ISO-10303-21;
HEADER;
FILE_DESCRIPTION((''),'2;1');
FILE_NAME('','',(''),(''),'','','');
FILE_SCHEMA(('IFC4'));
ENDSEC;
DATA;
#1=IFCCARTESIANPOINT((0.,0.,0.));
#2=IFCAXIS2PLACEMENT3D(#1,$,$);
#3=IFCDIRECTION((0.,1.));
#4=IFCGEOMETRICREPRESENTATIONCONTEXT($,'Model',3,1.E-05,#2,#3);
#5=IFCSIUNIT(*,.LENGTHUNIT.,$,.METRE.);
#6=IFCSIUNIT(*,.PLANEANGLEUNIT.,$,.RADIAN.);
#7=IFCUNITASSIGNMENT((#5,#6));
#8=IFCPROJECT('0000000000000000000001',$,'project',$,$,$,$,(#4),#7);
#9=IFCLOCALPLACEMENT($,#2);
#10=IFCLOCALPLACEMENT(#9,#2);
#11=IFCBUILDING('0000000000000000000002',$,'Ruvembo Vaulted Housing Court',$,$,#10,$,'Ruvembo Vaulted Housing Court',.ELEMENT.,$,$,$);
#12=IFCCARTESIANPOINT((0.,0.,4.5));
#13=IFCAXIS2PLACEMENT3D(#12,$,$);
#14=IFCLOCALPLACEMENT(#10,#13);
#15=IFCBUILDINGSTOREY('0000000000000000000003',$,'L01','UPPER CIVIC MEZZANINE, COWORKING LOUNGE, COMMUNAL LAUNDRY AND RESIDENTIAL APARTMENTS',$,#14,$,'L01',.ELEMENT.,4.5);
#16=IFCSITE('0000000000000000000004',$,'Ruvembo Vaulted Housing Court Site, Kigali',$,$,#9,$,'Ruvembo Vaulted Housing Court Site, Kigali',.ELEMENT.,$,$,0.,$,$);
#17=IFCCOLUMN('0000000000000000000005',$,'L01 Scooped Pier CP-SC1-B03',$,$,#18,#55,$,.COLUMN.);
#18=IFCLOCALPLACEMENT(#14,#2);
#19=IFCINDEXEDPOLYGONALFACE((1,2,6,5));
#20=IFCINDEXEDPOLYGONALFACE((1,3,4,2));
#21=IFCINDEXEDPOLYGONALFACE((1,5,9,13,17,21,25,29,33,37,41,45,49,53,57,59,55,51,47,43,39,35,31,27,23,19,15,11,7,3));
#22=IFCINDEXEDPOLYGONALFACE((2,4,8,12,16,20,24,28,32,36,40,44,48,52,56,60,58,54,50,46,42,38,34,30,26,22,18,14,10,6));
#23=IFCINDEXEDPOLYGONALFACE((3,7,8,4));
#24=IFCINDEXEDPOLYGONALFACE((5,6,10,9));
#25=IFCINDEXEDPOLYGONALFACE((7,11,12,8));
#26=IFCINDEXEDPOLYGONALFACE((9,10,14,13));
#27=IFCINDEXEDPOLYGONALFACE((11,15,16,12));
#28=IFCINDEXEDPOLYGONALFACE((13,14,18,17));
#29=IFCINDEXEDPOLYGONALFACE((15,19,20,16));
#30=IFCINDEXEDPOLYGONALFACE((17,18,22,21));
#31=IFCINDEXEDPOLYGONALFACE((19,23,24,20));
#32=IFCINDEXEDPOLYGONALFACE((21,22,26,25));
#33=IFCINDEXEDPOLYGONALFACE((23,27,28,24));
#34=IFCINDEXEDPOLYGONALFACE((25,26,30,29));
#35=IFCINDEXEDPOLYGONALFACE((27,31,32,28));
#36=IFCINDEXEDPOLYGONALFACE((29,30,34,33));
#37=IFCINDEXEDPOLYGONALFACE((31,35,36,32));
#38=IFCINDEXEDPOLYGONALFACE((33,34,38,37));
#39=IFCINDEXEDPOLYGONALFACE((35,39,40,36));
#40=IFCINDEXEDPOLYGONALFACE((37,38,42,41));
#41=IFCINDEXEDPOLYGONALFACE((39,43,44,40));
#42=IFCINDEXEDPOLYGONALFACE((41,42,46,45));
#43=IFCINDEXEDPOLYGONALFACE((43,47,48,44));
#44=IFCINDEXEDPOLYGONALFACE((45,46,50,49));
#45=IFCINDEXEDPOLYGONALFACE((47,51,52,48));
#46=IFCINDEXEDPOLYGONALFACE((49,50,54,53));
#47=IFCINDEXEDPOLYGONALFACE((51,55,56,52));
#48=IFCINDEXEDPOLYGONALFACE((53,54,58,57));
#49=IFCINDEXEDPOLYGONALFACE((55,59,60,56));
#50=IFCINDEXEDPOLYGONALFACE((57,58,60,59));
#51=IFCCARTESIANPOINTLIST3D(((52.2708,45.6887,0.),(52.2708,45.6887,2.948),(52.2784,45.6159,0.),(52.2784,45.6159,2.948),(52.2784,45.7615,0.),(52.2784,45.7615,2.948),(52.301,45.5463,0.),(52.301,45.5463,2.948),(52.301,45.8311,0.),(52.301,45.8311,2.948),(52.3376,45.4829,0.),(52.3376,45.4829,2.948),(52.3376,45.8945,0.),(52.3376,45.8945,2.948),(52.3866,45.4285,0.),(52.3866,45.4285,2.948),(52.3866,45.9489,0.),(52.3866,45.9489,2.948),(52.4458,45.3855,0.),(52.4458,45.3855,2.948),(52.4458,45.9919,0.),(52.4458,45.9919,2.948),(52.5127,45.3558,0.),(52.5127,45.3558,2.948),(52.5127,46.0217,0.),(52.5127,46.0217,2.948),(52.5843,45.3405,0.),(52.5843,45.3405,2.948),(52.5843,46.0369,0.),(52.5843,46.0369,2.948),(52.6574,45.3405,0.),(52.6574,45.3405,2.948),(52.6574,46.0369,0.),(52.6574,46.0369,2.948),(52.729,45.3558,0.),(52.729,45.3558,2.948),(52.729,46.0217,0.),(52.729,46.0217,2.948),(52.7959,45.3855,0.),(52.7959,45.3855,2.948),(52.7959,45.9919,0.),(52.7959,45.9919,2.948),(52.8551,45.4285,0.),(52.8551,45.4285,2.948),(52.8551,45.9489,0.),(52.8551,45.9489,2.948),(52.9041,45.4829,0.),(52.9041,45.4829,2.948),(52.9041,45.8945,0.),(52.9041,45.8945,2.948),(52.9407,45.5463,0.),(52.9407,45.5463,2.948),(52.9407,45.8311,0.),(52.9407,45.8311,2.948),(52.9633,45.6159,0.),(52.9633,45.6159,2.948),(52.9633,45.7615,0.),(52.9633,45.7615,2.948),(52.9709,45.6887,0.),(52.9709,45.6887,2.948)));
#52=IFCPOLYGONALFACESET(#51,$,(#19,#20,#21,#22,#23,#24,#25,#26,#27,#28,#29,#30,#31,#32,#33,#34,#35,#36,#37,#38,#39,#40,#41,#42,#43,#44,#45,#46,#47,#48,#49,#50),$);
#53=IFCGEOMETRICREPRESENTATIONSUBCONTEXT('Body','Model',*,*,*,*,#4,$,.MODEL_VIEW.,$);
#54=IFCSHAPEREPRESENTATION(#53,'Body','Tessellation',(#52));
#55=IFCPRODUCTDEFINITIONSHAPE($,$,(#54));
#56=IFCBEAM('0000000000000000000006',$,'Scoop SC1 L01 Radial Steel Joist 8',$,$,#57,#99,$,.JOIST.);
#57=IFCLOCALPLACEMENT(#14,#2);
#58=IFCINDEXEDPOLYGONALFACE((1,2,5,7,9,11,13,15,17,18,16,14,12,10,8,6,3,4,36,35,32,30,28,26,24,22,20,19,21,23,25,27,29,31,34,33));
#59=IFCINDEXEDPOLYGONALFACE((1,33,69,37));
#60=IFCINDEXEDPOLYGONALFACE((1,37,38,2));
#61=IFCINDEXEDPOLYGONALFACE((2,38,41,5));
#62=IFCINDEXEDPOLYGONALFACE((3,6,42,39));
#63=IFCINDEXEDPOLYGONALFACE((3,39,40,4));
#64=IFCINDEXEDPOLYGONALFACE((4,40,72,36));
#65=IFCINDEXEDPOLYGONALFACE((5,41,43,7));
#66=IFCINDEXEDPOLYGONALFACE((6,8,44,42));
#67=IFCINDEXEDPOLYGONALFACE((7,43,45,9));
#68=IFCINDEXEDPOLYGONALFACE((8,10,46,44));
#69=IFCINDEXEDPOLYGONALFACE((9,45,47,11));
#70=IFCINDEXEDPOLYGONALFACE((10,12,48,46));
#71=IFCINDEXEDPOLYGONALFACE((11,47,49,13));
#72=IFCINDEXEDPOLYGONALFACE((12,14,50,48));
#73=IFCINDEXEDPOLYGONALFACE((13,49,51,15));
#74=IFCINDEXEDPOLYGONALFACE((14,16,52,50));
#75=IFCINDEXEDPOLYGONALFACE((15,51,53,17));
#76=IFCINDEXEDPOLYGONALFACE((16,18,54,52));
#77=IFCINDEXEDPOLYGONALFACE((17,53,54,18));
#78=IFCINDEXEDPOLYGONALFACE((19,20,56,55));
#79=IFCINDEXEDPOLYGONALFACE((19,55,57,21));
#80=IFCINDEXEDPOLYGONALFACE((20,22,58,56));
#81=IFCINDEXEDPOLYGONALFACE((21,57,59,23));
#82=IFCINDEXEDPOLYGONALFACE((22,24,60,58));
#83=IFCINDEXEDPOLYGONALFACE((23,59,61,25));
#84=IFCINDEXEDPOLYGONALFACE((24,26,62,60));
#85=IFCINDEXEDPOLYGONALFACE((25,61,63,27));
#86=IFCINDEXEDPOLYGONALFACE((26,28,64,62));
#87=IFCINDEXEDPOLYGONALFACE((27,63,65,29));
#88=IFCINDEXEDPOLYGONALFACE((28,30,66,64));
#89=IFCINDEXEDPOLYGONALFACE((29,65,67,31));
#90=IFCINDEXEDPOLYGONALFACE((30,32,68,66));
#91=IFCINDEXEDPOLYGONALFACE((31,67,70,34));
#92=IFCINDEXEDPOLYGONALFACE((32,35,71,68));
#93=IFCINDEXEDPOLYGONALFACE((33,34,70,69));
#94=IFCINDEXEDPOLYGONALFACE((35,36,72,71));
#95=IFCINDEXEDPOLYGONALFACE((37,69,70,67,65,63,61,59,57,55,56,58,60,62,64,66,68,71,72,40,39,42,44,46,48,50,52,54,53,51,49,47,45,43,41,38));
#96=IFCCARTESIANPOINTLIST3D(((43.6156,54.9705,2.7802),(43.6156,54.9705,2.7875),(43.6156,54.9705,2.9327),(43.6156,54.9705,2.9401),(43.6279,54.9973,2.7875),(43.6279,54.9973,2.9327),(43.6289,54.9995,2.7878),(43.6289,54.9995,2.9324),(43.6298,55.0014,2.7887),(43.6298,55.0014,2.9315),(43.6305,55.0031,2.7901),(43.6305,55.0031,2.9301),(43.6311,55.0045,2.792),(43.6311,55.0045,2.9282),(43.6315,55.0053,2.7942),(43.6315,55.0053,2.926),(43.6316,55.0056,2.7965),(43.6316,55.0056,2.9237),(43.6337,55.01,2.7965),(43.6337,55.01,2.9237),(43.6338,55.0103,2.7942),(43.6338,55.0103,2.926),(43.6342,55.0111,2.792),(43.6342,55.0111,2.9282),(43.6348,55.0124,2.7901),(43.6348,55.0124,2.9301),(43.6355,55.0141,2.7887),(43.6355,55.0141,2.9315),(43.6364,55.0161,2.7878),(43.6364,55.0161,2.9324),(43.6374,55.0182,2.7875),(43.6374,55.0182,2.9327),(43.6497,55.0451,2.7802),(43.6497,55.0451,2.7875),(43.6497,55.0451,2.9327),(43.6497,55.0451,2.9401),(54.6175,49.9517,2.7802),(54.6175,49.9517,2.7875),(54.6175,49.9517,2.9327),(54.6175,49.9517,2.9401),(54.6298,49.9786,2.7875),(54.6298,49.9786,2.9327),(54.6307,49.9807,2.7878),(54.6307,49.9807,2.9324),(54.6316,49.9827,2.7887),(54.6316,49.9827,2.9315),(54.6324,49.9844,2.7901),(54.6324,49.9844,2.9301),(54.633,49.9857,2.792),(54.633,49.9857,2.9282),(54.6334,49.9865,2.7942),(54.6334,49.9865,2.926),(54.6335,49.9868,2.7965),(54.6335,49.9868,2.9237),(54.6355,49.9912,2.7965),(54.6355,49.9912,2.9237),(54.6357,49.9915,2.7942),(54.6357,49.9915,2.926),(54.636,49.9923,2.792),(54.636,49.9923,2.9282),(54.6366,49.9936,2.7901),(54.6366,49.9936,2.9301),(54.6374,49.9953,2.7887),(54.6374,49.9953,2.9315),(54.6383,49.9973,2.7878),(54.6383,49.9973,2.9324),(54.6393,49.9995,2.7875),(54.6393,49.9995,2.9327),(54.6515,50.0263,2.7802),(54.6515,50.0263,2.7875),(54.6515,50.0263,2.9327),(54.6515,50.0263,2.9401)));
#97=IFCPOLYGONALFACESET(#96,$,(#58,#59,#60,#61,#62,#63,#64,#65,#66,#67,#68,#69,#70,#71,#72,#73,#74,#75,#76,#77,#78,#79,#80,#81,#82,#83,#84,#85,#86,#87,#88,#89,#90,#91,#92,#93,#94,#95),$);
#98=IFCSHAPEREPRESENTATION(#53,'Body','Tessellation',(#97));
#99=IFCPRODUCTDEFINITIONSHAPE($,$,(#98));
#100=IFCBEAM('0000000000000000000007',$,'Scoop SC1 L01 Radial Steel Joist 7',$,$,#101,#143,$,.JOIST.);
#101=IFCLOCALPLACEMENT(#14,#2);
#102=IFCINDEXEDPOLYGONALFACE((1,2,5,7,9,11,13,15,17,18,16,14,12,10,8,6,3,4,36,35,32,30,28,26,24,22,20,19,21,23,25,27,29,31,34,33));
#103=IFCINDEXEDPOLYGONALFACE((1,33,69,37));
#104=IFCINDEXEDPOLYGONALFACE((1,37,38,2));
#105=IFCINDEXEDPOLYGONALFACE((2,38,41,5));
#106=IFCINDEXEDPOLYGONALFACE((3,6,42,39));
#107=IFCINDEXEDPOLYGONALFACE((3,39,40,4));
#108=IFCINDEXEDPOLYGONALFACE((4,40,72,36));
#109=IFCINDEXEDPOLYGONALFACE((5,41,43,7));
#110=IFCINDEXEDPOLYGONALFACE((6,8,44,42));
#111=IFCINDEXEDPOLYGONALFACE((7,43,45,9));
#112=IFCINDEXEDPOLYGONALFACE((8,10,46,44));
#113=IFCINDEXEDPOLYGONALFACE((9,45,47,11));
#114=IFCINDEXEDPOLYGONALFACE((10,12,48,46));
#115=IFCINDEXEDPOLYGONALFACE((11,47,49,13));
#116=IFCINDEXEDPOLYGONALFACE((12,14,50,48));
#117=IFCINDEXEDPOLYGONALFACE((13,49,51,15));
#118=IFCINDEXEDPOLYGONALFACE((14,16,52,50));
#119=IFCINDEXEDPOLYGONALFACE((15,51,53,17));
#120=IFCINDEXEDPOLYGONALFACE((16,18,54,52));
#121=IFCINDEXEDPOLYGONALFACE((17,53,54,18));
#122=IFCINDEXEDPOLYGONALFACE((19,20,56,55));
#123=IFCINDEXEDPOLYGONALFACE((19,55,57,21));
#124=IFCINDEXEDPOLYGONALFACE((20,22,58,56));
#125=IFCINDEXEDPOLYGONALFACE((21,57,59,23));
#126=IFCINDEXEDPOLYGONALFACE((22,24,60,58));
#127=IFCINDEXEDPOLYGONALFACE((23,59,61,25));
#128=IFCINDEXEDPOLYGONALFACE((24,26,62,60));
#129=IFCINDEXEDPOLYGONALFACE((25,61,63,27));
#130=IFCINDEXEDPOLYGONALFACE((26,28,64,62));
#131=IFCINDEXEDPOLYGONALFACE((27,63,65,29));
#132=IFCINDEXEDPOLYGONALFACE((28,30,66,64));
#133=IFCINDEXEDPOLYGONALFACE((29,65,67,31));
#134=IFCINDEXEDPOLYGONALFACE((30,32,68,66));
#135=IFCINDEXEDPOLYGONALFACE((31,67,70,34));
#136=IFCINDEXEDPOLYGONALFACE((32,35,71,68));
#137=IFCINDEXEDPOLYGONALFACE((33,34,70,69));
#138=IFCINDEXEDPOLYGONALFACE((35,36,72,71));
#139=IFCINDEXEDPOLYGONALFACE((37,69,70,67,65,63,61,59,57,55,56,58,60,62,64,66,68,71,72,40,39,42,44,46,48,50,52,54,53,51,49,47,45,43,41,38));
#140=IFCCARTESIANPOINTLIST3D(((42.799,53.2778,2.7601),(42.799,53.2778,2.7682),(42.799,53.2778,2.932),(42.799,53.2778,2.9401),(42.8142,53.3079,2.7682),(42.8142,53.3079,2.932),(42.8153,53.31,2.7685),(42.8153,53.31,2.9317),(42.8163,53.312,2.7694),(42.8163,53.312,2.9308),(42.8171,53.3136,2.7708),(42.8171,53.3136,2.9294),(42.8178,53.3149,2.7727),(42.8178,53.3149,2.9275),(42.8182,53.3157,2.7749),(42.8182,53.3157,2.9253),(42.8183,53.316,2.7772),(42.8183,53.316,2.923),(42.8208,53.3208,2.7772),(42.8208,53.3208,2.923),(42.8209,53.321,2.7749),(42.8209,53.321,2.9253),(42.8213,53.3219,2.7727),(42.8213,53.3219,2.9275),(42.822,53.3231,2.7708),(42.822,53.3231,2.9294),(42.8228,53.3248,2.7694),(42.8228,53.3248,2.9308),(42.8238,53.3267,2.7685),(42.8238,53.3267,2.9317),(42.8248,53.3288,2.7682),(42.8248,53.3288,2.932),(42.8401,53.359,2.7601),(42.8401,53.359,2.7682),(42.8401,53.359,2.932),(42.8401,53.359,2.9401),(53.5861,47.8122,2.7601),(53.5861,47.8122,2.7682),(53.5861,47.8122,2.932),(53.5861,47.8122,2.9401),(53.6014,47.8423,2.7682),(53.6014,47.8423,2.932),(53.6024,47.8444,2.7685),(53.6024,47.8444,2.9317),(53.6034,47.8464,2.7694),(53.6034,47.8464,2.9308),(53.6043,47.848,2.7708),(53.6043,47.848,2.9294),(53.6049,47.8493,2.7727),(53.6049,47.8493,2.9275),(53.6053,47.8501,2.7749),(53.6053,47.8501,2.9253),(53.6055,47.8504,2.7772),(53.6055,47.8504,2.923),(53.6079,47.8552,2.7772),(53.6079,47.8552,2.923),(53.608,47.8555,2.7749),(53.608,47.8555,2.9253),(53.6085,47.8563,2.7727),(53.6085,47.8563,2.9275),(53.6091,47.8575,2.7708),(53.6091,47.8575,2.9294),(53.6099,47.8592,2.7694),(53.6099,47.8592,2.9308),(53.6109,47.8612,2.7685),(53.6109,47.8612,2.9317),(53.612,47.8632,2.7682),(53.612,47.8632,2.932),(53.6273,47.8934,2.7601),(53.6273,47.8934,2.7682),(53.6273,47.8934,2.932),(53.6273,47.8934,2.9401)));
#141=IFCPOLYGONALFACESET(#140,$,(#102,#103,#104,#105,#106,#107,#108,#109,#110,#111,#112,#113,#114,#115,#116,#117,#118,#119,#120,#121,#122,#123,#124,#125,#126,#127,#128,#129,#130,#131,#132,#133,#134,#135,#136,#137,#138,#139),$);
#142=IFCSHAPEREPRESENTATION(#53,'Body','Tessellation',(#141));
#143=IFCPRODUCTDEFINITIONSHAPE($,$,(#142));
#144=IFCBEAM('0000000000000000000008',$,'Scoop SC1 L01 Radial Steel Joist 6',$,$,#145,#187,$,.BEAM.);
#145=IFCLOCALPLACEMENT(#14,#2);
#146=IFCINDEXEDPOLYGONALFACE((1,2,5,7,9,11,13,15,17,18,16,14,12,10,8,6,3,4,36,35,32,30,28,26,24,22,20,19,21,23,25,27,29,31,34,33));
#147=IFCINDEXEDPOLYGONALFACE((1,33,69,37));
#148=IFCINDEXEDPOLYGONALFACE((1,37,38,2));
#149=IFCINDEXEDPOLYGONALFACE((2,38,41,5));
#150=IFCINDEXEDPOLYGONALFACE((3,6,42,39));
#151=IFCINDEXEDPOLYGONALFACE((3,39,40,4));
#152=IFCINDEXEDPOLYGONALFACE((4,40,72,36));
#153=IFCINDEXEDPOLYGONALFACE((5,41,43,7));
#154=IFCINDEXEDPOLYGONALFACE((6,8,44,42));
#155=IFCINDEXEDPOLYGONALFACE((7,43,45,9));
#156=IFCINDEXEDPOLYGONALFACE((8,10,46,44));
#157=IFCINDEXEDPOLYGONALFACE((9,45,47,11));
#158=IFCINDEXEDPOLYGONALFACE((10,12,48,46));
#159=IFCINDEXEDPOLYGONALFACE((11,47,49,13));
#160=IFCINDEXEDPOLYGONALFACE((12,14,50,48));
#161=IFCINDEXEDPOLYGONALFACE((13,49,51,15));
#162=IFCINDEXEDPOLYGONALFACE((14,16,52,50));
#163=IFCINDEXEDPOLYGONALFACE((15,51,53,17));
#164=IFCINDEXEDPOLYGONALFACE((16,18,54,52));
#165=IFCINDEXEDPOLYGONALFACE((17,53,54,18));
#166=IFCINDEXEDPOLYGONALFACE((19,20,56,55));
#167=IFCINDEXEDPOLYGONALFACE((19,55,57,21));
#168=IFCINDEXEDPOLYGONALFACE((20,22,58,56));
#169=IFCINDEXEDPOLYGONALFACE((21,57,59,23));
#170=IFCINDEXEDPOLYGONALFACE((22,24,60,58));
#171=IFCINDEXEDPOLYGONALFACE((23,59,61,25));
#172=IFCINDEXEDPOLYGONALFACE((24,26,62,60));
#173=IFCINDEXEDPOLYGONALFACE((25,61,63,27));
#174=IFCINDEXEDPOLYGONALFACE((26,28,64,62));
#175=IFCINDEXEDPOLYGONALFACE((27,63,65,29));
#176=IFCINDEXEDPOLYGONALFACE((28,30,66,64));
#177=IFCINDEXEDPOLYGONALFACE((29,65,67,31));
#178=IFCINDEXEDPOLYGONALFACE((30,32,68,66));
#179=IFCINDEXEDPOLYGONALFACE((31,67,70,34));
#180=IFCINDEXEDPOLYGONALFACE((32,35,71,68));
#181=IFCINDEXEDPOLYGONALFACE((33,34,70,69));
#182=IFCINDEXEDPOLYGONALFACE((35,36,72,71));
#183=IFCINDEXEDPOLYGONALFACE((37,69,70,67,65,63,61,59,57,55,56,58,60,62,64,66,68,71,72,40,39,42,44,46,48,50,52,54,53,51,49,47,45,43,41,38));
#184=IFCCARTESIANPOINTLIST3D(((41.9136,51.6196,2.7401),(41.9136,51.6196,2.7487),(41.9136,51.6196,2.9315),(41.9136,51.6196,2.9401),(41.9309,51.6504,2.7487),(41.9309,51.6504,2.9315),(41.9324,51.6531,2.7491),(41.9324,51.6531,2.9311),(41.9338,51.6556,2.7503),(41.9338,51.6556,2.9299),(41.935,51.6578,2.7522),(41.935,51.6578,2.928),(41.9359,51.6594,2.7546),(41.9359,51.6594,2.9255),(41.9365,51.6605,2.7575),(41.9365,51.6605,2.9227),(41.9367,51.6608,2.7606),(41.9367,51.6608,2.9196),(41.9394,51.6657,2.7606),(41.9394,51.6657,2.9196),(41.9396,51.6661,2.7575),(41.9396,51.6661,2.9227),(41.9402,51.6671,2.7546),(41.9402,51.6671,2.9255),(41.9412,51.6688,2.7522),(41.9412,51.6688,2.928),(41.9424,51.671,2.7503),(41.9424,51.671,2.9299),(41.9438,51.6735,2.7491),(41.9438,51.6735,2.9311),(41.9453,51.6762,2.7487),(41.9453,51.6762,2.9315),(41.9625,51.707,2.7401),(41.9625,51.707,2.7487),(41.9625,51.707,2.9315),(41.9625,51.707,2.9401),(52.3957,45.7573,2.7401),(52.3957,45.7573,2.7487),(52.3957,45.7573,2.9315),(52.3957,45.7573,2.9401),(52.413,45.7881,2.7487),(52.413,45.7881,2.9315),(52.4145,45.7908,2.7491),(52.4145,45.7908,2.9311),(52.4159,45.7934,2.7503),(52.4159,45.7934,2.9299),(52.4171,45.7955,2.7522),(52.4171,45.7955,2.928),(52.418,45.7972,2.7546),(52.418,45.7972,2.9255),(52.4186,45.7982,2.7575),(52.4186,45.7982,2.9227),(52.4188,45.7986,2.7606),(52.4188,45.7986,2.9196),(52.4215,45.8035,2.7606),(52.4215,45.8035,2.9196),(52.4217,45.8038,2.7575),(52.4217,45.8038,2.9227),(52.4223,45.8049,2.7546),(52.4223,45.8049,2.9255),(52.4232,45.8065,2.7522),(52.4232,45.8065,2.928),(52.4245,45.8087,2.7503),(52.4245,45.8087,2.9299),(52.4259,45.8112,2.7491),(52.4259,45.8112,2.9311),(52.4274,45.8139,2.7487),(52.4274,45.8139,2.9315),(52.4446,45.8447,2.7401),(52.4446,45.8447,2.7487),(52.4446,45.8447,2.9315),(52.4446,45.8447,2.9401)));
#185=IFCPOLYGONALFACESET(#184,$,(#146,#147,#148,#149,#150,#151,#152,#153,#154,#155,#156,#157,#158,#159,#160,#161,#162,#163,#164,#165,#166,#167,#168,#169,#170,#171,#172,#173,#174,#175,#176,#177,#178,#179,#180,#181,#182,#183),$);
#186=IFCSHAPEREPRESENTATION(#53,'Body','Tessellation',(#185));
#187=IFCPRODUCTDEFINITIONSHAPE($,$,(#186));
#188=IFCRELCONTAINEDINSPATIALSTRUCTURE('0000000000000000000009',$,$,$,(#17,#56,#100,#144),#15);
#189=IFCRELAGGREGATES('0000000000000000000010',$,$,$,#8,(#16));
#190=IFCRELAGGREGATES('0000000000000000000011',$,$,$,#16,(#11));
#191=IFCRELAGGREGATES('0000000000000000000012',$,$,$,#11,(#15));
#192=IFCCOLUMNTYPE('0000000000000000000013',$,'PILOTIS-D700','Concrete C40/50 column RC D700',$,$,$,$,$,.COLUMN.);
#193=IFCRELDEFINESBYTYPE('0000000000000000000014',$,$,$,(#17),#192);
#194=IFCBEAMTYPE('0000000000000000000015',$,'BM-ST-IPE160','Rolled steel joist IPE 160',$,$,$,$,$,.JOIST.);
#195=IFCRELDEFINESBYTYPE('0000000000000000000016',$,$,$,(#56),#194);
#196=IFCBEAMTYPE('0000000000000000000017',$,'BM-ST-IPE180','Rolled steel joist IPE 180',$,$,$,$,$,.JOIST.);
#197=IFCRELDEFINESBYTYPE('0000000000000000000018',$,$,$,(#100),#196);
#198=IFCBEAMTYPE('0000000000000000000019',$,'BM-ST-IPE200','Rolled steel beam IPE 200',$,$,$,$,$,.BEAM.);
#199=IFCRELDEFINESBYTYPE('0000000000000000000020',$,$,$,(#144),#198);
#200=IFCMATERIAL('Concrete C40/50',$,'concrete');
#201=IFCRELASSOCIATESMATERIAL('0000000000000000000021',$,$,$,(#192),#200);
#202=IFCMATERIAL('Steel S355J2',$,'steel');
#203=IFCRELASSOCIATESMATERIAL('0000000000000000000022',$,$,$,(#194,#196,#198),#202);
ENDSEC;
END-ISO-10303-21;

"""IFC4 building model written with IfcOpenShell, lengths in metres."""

from ifc_helpers import new_model, si_unit, direction, frame, origin, origin_2d, place, context, subcontext, project, spatial, circle, i_section, extrude, material, material_profile, profile_set, type_object, element, save


model = new_model("IFC4")

# Units and contexts
model_context = context("Model", 3, precision=1e-05, world=origin(), true_north=direction((0.0, 1.0)))
body_context = subcontext(model_context, "Body", "Model", "MODEL_VIEW")
ifc_project = project(units=[si_unit("LENGTHUNIT", "METRE"), si_unit("PLANEANGLEUNIT", "RADIAN")], contexts=[model_context])

# Site, building, storey
site_placement = place(None, origin())
site = spatial("IfcSite", under=ifc_project, at=site_placement, Name="Ruvembo Vaulted Housing Court Site, Kigali", LongName="Ruvembo Vaulted Housing Court Site, Kigali", CompositionType="ELEMENT", RefElevation=0.0)
building_placement = place(site_placement, origin())
building = spatial("IfcBuilding", under=site, at=building_placement, Name="Ruvembo Vaulted Housing Court", LongName="Ruvembo Vaulted Housing Court", CompositionType="ELEMENT")
storey_placement = place(building_placement, frame((0.0, 0.0, 4.5)))
storey = spatial("IfcBuildingStorey", under=building, at=storey_placement, Name="L01", Description="UPPER CIVIC MEZZANINE, COWORKING LOUNGE, COMMUNAL LAUNDRY AND RESIDENTIAL APARTMENTS", LongName="L01", CompositionType="ELEMENT", Elevation=4.5)

# Column
ifc_material_1 = material(Name="Concrete C40/50", Category="concrete")
ifc_material_profile_1 = material_profile(ifc_material_1, circle(Radius=0.3501, at=origin_2d()), Name="RC D700")
ifc_profile_set_1 = profile_set([ifc_material_profile_1], Name="Concrete C40/50")
column_type = type_object("IfcColumnType", Name="PILOTIS-D700", Description="Concrete C40/50 column RC D700", PredefinedType="COLUMN", material=ifc_profile_set_1)
column_placement = place(storey_placement, frame((52.6208, 45.6887, 0.0), z_axis=(0.0, 0.0, 1.0), x_axis=(1.0, 0.0, 0.0)))
element("IfcColumn", 1, at=column_placement, inside=storey, type_object=column_type, Name="L01 Scooped Pier CP-SC1-B03", PredefinedType="COLUMN", context=body_context, shape_type="SweptSolid", body=[
    extrude(circle(Radius=0.3501, at=origin_2d()), origin(), (0.0, 0.0, 1.0), 2.948),
])

# Beams
ifc_material_2 = material(Name="Steel S355J2", Category="steel")
ifc_material_profile_2 = material_profile(ifc_material_2, i_section(OverallWidth=0.082, OverallDepth=0.1599, WebThickness=0.0049, FlangeThickness=0.0073, FilletRadius=0.009, at=origin_2d()), Name="IPE 160")
ifc_profile_set_2 = profile_set([ifc_material_profile_2], Name="Steel S355J2")
beam_type_1 = type_object("IfcBeamType", Name="BM-ST-IPE160", Description="Rolled steel joist IPE 160", PredefinedType="JOIST", material=ifc_profile_set_2)
beam_1_placement = place(storey_placement, frame((54.6345, 49.989, 2.8601), z_axis=(-0.909808, 0.41503, 0.0), x_axis=(-0.41503, -0.909808, 0.0)))
element("IfcBeam", 2, at=beam_1_placement, inside=storey, type_object=beam_type_1, Name="Scoop SC1 L01 Radial Steel Joist 8", PredefinedType="JOIST", context=body_context, shape_type="SweptSolid", body=[
    extrude(i_section(OverallWidth=0.082, OverallDepth=0.1599, WebThickness=0.0049, FlangeThickness=0.0073, FilletRadius=0.009, at=origin_2d()), origin(), (0.0, 0.0, 1.0), 12.0925),
])
ifc_material_profile_3 = material_profile(ifc_material_2, i_section(OverallWidth=0.0911, OverallDepth=0.1799, WebThickness=0.0054, FlangeThickness=0.0081, FilletRadius=0.009, at=origin_2d()), Name="IPE 180")
ifc_profile_set_3 = profile_set([ifc_material_profile_3], Name="Steel S355J2")
beam_type_2 = type_object("IfcBeamType", Name="BM-ST-IPE180", Description="Rolled steel joist IPE 180", PredefinedType="JOIST", material=ifc_profile_set_3)
beam_2_placement = place(storey_placement, frame((53.6067, 47.8528, 2.8501), z_axis=(-0.892032, 0.451972, 0.0), x_axis=(-0.451972, -0.892032, 0.0)))
element("IfcBeam", 3, at=beam_2_placement, inside=storey, type_object=beam_type_2, Name="Scoop SC1 L01 Radial Steel Joist 7", PredefinedType="JOIST", context=body_context, shape_type="SweptSolid", body=[
    extrude(i_section(OverallWidth=0.0911, OverallDepth=0.1799, WebThickness=0.0054, FlangeThickness=0.0081, FilletRadius=0.009, at=origin_2d()), origin(), (0.0, 0.0, 1.0), 12.0928),
])
ifc_material_profile_4 = material_profile(ifc_material_2, i_section(OverallWidth=0.1001, OverallDepth=0.2, WebThickness=0.0056, FlangeThickness=0.0085, FilletRadius=0.012, at=origin_2d()), Name="IPE 200")
ifc_profile_set_4 = profile_set([ifc_material_profile_4], Name="Steel S355J2")
beam_type_3 = type_object("IfcBeamType", Name="BM-ST-IPE200", Description="Rolled steel beam IPE 200", PredefinedType="BEAM", material=ifc_profile_set_4)
for number, where, z_axis, x_axis, name in (
    (4, (52.4202, 45.801, 2.8401), (-0.87278, 0.488114, 0.0), (-0.488114, -0.87278, 0.0), "Scoop SC1 L01 Radial Steel Joist 6"),
):
    element("IfcBeam", number, at=place(storey_placement, frame(where, z_axis=z_axis, x_axis=x_axis)), inside=storey, type_object=beam_type_3, Name=name, PredefinedType="BEAM", context=body_context, shape_type="SweptSolid", body=[
        extrude(i_section(OverallWidth=0.1001, OverallDepth=0.2, WebThickness=0.0056, FlangeThickness=0.0085, FilletRadius=0.012, at=origin_2d()), origin(), (0.0, 0.0, 1.0), 12.01),
    ])

save(model, "model.ifc")
